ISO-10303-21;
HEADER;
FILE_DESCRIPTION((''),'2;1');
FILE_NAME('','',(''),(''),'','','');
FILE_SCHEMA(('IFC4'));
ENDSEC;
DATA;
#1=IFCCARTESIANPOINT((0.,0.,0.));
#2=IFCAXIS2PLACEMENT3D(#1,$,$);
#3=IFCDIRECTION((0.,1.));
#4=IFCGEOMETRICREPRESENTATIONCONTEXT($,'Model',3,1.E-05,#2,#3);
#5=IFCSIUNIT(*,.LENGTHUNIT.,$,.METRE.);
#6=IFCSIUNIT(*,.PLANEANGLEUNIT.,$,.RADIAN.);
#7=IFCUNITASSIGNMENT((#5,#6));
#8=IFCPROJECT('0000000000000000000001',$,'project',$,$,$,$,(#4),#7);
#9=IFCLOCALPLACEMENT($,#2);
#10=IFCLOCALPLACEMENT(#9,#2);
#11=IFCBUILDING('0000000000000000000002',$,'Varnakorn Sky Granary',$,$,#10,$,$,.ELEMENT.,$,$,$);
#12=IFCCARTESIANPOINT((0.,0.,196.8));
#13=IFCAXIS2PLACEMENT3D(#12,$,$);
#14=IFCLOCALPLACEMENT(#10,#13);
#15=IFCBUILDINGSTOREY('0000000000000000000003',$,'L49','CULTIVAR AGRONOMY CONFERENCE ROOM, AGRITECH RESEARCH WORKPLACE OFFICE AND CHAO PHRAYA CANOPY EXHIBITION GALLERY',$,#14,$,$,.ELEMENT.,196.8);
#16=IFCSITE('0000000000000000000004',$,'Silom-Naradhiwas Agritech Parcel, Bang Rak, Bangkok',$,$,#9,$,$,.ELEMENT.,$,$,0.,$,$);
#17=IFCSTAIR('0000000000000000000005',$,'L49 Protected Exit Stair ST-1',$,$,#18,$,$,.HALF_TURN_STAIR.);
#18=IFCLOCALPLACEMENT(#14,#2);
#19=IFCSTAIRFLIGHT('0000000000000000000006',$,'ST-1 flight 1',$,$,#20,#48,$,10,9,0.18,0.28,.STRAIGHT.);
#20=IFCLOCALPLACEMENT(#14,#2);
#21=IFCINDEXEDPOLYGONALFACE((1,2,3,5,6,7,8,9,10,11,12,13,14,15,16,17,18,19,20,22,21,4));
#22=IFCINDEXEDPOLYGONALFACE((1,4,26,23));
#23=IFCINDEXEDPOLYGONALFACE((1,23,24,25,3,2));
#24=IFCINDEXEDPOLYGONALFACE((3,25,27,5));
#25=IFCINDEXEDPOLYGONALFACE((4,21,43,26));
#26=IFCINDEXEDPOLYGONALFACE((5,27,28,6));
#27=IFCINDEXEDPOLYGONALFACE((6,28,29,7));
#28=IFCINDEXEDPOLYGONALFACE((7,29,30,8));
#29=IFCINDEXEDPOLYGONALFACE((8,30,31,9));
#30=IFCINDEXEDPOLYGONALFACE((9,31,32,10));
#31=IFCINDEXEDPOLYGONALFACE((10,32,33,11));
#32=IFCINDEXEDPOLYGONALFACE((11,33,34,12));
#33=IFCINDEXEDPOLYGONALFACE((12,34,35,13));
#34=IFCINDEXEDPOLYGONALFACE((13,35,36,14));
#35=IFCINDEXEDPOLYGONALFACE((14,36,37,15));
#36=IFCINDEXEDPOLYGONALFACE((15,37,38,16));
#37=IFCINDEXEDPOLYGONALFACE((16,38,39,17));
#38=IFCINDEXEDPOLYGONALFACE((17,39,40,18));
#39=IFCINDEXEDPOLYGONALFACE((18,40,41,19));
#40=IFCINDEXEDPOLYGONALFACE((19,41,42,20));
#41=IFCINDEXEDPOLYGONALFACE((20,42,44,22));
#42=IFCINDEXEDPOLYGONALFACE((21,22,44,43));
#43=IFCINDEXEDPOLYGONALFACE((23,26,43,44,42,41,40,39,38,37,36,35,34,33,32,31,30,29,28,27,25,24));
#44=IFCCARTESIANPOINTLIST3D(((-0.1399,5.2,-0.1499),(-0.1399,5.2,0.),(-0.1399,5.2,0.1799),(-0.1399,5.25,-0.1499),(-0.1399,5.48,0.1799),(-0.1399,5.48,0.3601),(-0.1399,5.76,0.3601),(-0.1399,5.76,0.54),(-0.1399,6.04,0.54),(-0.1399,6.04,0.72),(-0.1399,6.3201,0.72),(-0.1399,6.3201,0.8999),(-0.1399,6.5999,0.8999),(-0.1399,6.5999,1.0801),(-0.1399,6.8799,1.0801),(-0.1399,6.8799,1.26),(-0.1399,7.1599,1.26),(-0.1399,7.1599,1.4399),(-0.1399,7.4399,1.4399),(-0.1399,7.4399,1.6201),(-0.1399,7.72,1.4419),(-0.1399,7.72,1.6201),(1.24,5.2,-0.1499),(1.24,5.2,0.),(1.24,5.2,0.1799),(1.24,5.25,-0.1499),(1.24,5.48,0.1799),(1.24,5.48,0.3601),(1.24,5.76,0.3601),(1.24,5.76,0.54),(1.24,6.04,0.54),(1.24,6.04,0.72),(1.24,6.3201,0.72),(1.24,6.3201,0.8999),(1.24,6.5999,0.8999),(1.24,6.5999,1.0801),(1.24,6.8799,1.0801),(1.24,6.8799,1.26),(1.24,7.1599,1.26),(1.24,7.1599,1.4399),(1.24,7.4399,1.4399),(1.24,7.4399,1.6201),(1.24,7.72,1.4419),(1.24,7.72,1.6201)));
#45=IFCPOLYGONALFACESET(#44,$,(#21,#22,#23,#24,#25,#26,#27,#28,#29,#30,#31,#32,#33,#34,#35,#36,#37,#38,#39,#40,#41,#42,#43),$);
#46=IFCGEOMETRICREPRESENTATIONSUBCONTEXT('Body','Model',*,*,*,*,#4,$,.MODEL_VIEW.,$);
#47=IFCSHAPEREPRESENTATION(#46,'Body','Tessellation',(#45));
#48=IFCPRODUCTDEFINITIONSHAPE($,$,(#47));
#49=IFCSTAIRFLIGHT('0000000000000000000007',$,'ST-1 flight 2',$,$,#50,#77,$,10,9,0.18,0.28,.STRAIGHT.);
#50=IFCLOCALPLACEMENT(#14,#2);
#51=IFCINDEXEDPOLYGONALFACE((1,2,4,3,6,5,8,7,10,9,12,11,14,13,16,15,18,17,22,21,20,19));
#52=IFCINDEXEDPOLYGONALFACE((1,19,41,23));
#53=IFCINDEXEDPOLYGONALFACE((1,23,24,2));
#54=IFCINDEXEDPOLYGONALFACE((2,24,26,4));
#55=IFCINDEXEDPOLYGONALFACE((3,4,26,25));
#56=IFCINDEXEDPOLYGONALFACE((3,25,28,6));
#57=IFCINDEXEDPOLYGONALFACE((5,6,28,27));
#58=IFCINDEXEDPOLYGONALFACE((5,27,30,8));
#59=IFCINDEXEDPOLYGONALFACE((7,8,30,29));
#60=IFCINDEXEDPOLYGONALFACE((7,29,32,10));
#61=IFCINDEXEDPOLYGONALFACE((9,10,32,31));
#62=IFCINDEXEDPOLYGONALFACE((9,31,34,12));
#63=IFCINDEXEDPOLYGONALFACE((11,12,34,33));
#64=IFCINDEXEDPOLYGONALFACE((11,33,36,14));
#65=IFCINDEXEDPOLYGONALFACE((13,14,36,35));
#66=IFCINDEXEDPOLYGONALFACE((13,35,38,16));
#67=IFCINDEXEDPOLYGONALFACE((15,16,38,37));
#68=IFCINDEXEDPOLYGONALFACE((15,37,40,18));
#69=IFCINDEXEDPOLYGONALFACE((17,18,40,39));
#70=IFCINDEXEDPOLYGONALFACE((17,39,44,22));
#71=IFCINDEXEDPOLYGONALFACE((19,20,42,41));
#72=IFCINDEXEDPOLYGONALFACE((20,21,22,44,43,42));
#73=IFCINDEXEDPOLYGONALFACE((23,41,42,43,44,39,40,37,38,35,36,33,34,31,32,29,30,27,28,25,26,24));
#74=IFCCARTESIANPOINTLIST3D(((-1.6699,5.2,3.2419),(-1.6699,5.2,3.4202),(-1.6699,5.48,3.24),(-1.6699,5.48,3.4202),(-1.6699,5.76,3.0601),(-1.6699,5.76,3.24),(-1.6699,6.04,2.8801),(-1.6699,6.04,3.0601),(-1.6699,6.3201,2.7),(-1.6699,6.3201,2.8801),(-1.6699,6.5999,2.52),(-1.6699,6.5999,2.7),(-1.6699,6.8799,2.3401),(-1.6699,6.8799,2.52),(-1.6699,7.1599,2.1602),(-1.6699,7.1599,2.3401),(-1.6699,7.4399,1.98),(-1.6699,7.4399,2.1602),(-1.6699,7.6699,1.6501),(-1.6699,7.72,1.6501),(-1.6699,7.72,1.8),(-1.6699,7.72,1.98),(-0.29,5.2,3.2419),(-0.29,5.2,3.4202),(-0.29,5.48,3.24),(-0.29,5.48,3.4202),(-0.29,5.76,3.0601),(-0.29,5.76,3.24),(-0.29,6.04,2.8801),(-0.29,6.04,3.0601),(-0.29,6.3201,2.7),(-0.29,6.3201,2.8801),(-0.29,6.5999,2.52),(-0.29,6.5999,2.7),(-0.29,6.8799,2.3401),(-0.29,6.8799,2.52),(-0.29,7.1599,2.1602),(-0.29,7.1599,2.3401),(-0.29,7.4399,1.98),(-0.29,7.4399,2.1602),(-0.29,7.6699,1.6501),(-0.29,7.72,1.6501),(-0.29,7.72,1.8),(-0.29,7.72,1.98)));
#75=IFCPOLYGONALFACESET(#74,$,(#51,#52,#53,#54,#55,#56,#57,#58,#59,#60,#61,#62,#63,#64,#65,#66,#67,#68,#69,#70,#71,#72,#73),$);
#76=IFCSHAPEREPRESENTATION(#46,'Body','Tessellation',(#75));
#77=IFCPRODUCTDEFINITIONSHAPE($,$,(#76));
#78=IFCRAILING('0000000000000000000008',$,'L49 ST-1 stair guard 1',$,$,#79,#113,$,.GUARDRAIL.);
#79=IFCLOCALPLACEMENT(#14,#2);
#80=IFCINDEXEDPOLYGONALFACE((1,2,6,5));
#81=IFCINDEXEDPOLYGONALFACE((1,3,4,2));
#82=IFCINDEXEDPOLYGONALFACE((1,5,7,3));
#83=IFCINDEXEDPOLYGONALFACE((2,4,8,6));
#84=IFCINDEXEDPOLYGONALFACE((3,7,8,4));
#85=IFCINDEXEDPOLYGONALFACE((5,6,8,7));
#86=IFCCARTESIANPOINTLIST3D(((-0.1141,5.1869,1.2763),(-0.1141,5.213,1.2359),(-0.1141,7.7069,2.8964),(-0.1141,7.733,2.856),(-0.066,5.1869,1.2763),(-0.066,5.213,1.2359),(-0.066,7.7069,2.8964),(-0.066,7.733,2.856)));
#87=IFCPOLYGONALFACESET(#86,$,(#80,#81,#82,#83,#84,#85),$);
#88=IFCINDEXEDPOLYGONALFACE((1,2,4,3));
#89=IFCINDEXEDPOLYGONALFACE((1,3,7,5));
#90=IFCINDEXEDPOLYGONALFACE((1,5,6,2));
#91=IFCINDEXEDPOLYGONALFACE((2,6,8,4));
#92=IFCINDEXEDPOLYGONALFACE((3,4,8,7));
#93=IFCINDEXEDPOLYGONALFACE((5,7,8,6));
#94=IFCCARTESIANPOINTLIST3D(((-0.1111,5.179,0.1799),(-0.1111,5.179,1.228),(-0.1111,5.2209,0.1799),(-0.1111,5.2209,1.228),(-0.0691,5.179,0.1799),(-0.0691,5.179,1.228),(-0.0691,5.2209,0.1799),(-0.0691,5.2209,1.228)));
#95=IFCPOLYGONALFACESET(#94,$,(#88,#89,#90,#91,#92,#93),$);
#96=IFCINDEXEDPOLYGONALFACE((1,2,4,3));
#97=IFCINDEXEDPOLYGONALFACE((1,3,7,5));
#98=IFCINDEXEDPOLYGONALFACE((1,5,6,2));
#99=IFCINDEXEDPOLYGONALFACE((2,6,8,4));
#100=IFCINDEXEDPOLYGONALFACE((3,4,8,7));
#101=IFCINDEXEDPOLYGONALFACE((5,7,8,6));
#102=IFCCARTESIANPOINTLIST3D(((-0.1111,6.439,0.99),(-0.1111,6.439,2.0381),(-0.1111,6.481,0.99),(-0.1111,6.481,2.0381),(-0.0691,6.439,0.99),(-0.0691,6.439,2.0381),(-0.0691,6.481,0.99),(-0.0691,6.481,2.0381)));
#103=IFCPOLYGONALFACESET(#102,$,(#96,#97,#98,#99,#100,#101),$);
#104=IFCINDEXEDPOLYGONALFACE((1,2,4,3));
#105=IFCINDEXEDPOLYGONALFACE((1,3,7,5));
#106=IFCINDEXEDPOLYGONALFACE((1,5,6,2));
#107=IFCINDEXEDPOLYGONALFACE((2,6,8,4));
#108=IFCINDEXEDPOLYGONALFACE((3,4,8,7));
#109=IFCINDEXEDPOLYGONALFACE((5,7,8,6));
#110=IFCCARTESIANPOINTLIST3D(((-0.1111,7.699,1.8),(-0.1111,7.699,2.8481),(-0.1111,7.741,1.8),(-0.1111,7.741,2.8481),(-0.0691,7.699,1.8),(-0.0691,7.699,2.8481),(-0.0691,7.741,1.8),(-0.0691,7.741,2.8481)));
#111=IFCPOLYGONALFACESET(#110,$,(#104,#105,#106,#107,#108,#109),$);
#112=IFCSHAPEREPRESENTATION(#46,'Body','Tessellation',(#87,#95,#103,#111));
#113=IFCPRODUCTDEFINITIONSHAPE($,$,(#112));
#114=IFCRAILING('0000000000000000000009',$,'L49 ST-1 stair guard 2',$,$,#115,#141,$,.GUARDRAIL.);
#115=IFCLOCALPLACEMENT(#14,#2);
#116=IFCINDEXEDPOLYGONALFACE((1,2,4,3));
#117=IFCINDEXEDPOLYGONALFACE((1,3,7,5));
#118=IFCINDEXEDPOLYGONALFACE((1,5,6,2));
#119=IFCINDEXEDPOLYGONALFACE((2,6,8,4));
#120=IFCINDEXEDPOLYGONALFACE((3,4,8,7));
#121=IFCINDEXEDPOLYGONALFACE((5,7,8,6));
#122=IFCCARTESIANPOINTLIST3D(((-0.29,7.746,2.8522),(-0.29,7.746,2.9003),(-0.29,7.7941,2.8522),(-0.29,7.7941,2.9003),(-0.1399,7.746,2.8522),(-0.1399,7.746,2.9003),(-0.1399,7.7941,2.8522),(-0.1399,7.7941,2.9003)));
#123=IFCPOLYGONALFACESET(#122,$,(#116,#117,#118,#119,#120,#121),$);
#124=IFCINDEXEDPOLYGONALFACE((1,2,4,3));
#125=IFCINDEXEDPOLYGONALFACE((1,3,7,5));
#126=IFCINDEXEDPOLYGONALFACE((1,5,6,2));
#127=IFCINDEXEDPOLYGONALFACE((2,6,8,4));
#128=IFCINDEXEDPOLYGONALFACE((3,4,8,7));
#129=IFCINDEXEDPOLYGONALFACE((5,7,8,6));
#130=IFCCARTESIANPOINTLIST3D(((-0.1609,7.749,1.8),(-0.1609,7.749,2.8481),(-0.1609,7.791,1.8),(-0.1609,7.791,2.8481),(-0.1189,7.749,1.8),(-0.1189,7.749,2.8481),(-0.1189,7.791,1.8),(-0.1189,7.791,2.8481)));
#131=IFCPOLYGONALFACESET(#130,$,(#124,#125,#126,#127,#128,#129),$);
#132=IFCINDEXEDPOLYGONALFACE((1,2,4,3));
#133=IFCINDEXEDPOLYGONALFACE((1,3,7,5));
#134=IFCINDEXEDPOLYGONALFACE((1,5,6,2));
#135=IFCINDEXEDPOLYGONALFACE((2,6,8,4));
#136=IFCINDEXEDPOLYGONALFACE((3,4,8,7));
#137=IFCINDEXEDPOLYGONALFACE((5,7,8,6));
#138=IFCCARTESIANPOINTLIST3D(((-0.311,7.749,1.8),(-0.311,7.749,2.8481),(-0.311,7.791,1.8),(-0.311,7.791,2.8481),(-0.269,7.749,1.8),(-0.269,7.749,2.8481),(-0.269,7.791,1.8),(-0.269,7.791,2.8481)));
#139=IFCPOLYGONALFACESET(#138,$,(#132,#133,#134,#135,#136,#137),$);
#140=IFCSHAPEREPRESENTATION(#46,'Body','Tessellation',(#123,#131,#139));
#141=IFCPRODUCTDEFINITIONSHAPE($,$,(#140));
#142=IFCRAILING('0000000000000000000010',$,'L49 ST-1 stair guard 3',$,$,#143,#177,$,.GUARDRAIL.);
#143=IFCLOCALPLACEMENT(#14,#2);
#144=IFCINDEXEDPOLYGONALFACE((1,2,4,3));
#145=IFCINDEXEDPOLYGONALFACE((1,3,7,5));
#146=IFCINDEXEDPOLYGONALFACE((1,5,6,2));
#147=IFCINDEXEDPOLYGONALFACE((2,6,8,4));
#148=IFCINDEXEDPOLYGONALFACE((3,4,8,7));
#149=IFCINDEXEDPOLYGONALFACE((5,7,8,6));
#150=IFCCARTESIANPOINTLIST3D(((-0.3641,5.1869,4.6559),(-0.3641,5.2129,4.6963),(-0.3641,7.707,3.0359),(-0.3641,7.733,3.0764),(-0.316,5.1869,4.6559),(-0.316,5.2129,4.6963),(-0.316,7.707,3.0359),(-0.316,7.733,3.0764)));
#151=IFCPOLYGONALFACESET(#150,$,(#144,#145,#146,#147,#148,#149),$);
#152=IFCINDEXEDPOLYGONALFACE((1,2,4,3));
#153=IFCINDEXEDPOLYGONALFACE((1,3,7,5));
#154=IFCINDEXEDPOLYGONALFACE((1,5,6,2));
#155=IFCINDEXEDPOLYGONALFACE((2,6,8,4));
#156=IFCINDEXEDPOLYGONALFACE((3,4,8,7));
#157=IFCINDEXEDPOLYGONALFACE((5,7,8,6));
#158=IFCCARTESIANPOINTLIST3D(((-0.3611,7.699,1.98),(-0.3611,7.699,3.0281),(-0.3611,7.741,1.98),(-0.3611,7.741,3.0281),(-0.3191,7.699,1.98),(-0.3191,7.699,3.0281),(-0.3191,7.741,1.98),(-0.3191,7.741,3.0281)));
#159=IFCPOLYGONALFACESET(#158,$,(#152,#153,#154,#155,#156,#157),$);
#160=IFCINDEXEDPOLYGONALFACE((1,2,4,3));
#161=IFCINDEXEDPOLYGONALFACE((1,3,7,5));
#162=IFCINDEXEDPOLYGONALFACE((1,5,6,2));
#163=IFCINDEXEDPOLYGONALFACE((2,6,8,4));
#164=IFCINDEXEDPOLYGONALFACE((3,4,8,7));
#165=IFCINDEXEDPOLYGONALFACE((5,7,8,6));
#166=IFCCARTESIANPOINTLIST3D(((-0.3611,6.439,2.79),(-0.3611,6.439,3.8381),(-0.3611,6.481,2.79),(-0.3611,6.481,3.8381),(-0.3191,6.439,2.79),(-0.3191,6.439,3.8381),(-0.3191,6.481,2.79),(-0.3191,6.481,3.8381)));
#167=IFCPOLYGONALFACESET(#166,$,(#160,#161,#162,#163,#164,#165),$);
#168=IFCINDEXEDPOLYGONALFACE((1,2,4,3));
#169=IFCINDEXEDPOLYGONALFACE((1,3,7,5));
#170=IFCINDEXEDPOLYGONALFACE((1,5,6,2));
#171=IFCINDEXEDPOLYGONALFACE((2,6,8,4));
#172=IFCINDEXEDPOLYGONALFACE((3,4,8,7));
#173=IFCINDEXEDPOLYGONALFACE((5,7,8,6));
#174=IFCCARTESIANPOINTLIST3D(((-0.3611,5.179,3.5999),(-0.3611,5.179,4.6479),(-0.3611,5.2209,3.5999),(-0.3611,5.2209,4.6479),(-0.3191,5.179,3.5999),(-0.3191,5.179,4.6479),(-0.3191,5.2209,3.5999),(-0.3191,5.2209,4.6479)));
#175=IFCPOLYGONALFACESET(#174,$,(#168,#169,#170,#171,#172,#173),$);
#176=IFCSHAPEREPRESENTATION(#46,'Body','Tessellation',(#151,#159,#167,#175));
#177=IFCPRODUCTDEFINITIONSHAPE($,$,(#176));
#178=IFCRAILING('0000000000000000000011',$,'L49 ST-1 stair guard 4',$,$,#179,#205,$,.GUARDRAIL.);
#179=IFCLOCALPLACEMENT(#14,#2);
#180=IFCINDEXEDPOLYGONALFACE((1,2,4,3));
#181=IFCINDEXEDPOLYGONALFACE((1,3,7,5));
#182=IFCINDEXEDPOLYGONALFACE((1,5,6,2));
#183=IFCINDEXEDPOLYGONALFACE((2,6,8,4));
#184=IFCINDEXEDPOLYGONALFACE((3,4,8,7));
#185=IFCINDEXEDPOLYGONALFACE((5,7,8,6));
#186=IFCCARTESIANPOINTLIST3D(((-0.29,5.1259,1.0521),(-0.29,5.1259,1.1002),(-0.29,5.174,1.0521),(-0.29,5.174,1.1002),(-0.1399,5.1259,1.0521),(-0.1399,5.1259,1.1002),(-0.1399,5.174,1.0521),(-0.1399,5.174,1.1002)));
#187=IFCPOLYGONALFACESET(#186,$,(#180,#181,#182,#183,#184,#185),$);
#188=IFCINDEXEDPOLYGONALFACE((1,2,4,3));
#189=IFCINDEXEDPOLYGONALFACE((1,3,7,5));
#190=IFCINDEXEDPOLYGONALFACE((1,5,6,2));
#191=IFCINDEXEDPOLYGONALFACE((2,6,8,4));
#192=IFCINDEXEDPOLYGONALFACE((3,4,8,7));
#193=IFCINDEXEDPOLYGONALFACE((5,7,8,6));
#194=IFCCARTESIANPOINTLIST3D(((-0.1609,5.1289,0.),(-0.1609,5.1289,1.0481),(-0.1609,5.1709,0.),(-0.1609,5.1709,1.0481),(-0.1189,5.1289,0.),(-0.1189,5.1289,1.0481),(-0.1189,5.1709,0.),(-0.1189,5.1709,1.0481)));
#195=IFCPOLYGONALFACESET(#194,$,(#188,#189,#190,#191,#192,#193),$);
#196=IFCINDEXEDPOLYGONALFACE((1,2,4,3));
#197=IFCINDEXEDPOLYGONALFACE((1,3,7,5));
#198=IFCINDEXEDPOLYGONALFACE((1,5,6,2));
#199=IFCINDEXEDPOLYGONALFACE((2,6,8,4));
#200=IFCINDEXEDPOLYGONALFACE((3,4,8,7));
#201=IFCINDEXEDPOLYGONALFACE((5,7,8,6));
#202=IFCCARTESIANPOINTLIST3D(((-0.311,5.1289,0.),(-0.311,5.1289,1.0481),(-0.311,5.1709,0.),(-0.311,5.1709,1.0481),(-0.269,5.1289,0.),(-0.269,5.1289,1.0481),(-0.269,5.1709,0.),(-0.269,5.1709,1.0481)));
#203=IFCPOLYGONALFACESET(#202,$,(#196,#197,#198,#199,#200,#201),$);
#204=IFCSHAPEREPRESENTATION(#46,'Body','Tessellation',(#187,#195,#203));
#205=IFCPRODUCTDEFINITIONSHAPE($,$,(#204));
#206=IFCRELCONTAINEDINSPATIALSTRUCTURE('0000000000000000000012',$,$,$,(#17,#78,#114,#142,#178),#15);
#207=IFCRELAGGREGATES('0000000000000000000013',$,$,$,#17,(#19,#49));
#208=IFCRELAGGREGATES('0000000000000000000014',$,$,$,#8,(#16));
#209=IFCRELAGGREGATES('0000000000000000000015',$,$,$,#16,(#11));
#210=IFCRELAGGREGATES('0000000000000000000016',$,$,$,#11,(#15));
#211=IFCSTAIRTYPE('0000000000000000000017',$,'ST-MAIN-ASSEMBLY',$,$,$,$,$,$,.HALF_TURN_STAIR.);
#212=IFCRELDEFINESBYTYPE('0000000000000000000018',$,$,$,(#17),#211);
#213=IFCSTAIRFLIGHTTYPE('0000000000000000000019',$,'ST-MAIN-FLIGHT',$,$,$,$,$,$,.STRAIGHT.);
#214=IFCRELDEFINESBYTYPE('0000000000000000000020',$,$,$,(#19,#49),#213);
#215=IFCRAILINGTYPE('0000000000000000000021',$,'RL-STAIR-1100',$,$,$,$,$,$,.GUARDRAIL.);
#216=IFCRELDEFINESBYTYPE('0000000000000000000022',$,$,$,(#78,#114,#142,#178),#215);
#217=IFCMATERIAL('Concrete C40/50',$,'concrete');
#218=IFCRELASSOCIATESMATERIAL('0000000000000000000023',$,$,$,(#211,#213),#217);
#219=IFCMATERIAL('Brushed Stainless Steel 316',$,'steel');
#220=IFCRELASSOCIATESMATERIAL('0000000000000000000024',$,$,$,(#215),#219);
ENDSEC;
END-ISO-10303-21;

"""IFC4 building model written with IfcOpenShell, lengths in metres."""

from ifc_helpers import new_model, si_unit, direction, frame, origin, origin_2d, place, context, subcontext, project, spatial, polyline, rectangle, outline, extrude, material, type_object, element, aggregate, save


model = new_model("IFC4")

# Units and contexts
model_context = context("Model", 3, precision=1e-05, world=origin(), true_north=direction((0.0, 1.0)))
body_context = subcontext(model_context, "Body", "Model", "MODEL_VIEW")
ifc_project = project(units=[si_unit("LENGTHUNIT", "METRE"), si_unit("PLANEANGLEUNIT", "RADIAN")], contexts=[model_context])

# Site, building, storey
site_placement = place(None, origin())
site = spatial("IfcSite", under=ifc_project, at=site_placement, Name="Silom-Naradhiwas Agritech Parcel, Bang Rak, Bangkok", CompositionType="ELEMENT", RefElevation=0.0)
building_placement = place(site_placement, origin())
building = spatial("IfcBuilding", under=site, at=building_placement, Name="Varnakorn Sky Granary", CompositionType="ELEMENT")
storey_placement = place(building_placement, frame((0.0, 0.0, 196.8)))
storey = spatial("IfcBuildingStorey", under=building, at=storey_placement, Name="L49", Description="CULTIVAR AGRONOMY CONFERENCE ROOM, AGRITECH RESEARCH WORKPLACE OFFICE AND CHAO PHRAYA CANOPY EXHIBITION GALLERY", CompositionType="ELEMENT", Elevation=196.8)

# Stair, stair flights
ifc_material_1 = material(Name="Concrete C40/50", Category="concrete")
stair_type = type_object("IfcStairType", Name="ST-MAIN-ASSEMBLY", PredefinedType="HALF_TURN_STAIR", material=ifc_material_1)
stair_placement = place(storey_placement, origin())
stair = element("IfcStair", 1, at=stair_placement, inside=storey, type_object=stair_type, Name="L49 Protected Exit Stair ST-1", PredefinedType="HALF_TURN_STAIR")
stair_flight_type = type_object("IfcStairFlightType", Name="ST-MAIN-FLIGHT", PredefinedType="STRAIGHT", material=ifc_material_1)
stair_flight_1_placement = place(storey_placement, frame((0.55, 5.2, 0.0), z_axis=(0.0, 0.0, 1.0), x_axis=(0.0, 1.0, 0.0)))
stair_flight_1 = element("IfcStairFlight", 2, at=stair_flight_1_placement, type_object=stair_flight_type, Name="ST-1 flight 1", NumberOfRisers=10, NumberOfTreads=9, PredefinedType="STRAIGHT", RiserHeight=0.18, TreadLength=0.28, context=body_context, shape_type="SweptSolid", body=[
    extrude(outline(polyline([(0.0, -0.1499), (0.0, 0.0), (0.0, 0.1799), (0.28, 0.1799), (0.28, 0.3601), (0.5601, 0.3601), (0.5601, 0.54), (0.8401, 0.54), (0.8401, 0.72), (1.1201, 0.72), (1.1201, 0.8999), (1.3999, 0.8999), (1.3999, 1.0801), (1.6799, 1.0801), (1.6799, 1.26), (1.96, 1.26), (1.96, 1.4399), (2.24, 1.4399), (2.24, 1.6201), (2.52, 1.6201), (2.52, 1.8), (2.52, 1.4419), (0.05, -0.1499), (0.0, -0.1499)])), frame((0.0, 0.6899, 0.0), z_axis=(0.0, -1.0, 0.0), x_axis=(1.0, 0.0, 0.0)), (0.0, 0.0, 1.0), 1.3799),
])
stair_flight_2_placement = place(storey_placement, frame((-0.98, 7.72, 1.8), z_axis=(0.0, 0.0, 1.0), x_axis=(0.0, -1.0, 0.0)))
stair_flight_2 = element("IfcStairFlight", 3, at=stair_flight_2_placement, type_object=stair_flight_type, Name="ST-1 flight 2", NumberOfRisers=10, NumberOfTreads=9, PredefinedType="STRAIGHT", RiserHeight=0.18, TreadLength=0.28, context=body_context, shape_type="SweptSolid", body=[
    extrude(outline(polyline([(0.0, -0.1499), (0.0, 0.0), (0.0, 0.1799), (0.28, 0.1799), (0.28, 0.3601), (0.5601, 0.3601), (0.5601, 0.54), (0.8401, 0.54), (0.8401, 0.72), (1.1201, 0.72), (1.1201, 0.8999), (1.3999, 0.8999), (1.3999, 1.0801), (1.6799, 1.0801), (1.6799, 1.26), (1.96, 1.26), (1.96, 1.4399), (2.24, 1.4399), (2.24, 1.6201), (2.52, 1.6201), (2.52, 1.8), (2.52, 1.4419), (0.05, -0.1499), (0.0, -0.1499)])), frame((0.0, 0.6899, 0.0), z_axis=(0.0, -1.0, 0.0), x_axis=(1.0, 0.0, 0.0)), (0.0, 0.0, 1.0), 1.3799),
])
aggregate(stair, [stair_flight_1, stair_flight_2])

# Railings
ifc_material_2 = material(Name="Brushed Stainless Steel 316", Category="steel")
railing_type_1 = type_object("IfcRailingType", Name="RL-STAIR-1100", PredefinedType="GUARDRAIL", material=ifc_material_2)
railing_1_placement = place(storey_placement, frame((-0.0901, 5.2, 0.1799)))
element("IfcRailing", 4, at=railing_1_placement, inside=storey, type_object=railing_type_1, Name="L49 ST-1 stair guard 1", PredefinedType="GUARDRAIL", context=body_context, shape_type="SweptSolid", body=[
    extrude(rectangle(XDim=0.0481, YDim=0.0481, at=origin_2d()), frame((0.0, 0.0, 1.0762), z_axis=(0.0, 0.841163, 0.540782), x_axis=(-1.0, 0.0, 0.0)), (0.0, 0.0, 1.0), 2.9958),
    extrude(rectangle(XDim=0.042, YDim=0.042, at=origin_2d()), origin(), (0.0, 0.0, 1.0), 1.0481),
    extrude(rectangle(XDim=0.042, YDim=0.042, at=origin_2d()), frame((0.0, 1.26, 0.8101)), (0.0, 0.0, 1.0), 1.0481),
    extrude(rectangle(XDim=0.042, YDim=0.042, at=origin_2d()), frame((0.0, 2.52, 1.6201)), (0.0, 0.0, 1.0), 1.0481),
])
railing_2_placement = place(storey_placement, frame((-0.1399, 7.77, 1.8)))
element("IfcRailing", 5, at=railing_2_placement, inside=storey, type_object=railing_type_1, Name="L49 ST-1 stair guard 2", PredefinedType="GUARDRAIL", context=body_context, shape_type="SweptSolid", body=[
    extrude(rectangle(XDim=0.0481, YDim=0.0481, at=origin_2d()), frame((0.0, 0.0, 1.0762), z_axis=(-1.0, 0.0, 0.0), x_axis=(0.0, -1.0, 0.0)), (0.0, 0.0, 1.0), 0.1501),
    extrude(rectangle(XDim=0.042, YDim=0.042, at=origin_2d()), origin(), (0.0, 0.0, 1.0), 1.0481),
    extrude(rectangle(XDim=0.042, YDim=0.042, at=origin_2d()), frame((-0.1501, 0.0, 0.0)), (0.0, 0.0, 1.0), 1.0481),
])
railing_3_placement = place(storey_placement, frame((-0.3401, 7.72, 1.98)))
element("IfcRailing", 6, at=railing_3_placement, inside=storey, type_object=railing_type_1, Name="L49 ST-1 stair guard 3", PredefinedType="GUARDRAIL", context=body_context, shape_type="SweptSolid", body=[
    extrude(rectangle(XDim=0.0481, YDim=0.0481, at=origin_2d()), frame((0.0, 0.0, 1.0762), z_axis=(0.0, -0.8412, 0.540725), x_axis=(1.0, 0.0, 0.0)), (0.0, 0.0, 1.0), 2.9958),
    extrude(rectangle(XDim=0.042, YDim=0.042, at=origin_2d()), origin(), (0.0, 0.0, 1.0), 1.0481),
    extrude(rectangle(XDim=0.042, YDim=0.042, at=origin_2d()), frame((0.0, -1.26, 0.8101)), (0.0, 0.0, 1.0), 1.0481),
    extrude(rectangle(XDim=0.042, YDim=0.042, at=origin_2d()), frame((0.0, -2.52, 1.6199)), (0.0, 0.0, 1.0), 1.0481),
])
railing_4_placement = place(storey_placement, frame((-0.1399, 5.1499, 0.0)))
element("IfcRailing", 7, at=railing_4_placement, inside=storey, type_object=railing_type_1, Name="L49 ST-1 stair guard 4", PredefinedType="GUARDRAIL", context=body_context, shape_type="SweptSolid", body=[
    extrude(rectangle(XDim=0.0481, YDim=0.0481, at=origin_2d()), frame((0.0, 0.0, 1.0762), z_axis=(-1.0, 0.0, 0.0), x_axis=(0.0, -1.0, 0.0)), (0.0, 0.0, 1.0), 0.1501),
    extrude(rectangle(XDim=0.042, YDim=0.042, at=origin_2d()), origin(), (0.0, 0.0, 1.0), 1.0481),
    extrude(rectangle(XDim=0.042, YDim=0.042, at=origin_2d()), frame((-0.1501, 0.0, 0.0)), (0.0, 0.0, 1.0), 1.0481),
])

save(model, "model.ifc")
